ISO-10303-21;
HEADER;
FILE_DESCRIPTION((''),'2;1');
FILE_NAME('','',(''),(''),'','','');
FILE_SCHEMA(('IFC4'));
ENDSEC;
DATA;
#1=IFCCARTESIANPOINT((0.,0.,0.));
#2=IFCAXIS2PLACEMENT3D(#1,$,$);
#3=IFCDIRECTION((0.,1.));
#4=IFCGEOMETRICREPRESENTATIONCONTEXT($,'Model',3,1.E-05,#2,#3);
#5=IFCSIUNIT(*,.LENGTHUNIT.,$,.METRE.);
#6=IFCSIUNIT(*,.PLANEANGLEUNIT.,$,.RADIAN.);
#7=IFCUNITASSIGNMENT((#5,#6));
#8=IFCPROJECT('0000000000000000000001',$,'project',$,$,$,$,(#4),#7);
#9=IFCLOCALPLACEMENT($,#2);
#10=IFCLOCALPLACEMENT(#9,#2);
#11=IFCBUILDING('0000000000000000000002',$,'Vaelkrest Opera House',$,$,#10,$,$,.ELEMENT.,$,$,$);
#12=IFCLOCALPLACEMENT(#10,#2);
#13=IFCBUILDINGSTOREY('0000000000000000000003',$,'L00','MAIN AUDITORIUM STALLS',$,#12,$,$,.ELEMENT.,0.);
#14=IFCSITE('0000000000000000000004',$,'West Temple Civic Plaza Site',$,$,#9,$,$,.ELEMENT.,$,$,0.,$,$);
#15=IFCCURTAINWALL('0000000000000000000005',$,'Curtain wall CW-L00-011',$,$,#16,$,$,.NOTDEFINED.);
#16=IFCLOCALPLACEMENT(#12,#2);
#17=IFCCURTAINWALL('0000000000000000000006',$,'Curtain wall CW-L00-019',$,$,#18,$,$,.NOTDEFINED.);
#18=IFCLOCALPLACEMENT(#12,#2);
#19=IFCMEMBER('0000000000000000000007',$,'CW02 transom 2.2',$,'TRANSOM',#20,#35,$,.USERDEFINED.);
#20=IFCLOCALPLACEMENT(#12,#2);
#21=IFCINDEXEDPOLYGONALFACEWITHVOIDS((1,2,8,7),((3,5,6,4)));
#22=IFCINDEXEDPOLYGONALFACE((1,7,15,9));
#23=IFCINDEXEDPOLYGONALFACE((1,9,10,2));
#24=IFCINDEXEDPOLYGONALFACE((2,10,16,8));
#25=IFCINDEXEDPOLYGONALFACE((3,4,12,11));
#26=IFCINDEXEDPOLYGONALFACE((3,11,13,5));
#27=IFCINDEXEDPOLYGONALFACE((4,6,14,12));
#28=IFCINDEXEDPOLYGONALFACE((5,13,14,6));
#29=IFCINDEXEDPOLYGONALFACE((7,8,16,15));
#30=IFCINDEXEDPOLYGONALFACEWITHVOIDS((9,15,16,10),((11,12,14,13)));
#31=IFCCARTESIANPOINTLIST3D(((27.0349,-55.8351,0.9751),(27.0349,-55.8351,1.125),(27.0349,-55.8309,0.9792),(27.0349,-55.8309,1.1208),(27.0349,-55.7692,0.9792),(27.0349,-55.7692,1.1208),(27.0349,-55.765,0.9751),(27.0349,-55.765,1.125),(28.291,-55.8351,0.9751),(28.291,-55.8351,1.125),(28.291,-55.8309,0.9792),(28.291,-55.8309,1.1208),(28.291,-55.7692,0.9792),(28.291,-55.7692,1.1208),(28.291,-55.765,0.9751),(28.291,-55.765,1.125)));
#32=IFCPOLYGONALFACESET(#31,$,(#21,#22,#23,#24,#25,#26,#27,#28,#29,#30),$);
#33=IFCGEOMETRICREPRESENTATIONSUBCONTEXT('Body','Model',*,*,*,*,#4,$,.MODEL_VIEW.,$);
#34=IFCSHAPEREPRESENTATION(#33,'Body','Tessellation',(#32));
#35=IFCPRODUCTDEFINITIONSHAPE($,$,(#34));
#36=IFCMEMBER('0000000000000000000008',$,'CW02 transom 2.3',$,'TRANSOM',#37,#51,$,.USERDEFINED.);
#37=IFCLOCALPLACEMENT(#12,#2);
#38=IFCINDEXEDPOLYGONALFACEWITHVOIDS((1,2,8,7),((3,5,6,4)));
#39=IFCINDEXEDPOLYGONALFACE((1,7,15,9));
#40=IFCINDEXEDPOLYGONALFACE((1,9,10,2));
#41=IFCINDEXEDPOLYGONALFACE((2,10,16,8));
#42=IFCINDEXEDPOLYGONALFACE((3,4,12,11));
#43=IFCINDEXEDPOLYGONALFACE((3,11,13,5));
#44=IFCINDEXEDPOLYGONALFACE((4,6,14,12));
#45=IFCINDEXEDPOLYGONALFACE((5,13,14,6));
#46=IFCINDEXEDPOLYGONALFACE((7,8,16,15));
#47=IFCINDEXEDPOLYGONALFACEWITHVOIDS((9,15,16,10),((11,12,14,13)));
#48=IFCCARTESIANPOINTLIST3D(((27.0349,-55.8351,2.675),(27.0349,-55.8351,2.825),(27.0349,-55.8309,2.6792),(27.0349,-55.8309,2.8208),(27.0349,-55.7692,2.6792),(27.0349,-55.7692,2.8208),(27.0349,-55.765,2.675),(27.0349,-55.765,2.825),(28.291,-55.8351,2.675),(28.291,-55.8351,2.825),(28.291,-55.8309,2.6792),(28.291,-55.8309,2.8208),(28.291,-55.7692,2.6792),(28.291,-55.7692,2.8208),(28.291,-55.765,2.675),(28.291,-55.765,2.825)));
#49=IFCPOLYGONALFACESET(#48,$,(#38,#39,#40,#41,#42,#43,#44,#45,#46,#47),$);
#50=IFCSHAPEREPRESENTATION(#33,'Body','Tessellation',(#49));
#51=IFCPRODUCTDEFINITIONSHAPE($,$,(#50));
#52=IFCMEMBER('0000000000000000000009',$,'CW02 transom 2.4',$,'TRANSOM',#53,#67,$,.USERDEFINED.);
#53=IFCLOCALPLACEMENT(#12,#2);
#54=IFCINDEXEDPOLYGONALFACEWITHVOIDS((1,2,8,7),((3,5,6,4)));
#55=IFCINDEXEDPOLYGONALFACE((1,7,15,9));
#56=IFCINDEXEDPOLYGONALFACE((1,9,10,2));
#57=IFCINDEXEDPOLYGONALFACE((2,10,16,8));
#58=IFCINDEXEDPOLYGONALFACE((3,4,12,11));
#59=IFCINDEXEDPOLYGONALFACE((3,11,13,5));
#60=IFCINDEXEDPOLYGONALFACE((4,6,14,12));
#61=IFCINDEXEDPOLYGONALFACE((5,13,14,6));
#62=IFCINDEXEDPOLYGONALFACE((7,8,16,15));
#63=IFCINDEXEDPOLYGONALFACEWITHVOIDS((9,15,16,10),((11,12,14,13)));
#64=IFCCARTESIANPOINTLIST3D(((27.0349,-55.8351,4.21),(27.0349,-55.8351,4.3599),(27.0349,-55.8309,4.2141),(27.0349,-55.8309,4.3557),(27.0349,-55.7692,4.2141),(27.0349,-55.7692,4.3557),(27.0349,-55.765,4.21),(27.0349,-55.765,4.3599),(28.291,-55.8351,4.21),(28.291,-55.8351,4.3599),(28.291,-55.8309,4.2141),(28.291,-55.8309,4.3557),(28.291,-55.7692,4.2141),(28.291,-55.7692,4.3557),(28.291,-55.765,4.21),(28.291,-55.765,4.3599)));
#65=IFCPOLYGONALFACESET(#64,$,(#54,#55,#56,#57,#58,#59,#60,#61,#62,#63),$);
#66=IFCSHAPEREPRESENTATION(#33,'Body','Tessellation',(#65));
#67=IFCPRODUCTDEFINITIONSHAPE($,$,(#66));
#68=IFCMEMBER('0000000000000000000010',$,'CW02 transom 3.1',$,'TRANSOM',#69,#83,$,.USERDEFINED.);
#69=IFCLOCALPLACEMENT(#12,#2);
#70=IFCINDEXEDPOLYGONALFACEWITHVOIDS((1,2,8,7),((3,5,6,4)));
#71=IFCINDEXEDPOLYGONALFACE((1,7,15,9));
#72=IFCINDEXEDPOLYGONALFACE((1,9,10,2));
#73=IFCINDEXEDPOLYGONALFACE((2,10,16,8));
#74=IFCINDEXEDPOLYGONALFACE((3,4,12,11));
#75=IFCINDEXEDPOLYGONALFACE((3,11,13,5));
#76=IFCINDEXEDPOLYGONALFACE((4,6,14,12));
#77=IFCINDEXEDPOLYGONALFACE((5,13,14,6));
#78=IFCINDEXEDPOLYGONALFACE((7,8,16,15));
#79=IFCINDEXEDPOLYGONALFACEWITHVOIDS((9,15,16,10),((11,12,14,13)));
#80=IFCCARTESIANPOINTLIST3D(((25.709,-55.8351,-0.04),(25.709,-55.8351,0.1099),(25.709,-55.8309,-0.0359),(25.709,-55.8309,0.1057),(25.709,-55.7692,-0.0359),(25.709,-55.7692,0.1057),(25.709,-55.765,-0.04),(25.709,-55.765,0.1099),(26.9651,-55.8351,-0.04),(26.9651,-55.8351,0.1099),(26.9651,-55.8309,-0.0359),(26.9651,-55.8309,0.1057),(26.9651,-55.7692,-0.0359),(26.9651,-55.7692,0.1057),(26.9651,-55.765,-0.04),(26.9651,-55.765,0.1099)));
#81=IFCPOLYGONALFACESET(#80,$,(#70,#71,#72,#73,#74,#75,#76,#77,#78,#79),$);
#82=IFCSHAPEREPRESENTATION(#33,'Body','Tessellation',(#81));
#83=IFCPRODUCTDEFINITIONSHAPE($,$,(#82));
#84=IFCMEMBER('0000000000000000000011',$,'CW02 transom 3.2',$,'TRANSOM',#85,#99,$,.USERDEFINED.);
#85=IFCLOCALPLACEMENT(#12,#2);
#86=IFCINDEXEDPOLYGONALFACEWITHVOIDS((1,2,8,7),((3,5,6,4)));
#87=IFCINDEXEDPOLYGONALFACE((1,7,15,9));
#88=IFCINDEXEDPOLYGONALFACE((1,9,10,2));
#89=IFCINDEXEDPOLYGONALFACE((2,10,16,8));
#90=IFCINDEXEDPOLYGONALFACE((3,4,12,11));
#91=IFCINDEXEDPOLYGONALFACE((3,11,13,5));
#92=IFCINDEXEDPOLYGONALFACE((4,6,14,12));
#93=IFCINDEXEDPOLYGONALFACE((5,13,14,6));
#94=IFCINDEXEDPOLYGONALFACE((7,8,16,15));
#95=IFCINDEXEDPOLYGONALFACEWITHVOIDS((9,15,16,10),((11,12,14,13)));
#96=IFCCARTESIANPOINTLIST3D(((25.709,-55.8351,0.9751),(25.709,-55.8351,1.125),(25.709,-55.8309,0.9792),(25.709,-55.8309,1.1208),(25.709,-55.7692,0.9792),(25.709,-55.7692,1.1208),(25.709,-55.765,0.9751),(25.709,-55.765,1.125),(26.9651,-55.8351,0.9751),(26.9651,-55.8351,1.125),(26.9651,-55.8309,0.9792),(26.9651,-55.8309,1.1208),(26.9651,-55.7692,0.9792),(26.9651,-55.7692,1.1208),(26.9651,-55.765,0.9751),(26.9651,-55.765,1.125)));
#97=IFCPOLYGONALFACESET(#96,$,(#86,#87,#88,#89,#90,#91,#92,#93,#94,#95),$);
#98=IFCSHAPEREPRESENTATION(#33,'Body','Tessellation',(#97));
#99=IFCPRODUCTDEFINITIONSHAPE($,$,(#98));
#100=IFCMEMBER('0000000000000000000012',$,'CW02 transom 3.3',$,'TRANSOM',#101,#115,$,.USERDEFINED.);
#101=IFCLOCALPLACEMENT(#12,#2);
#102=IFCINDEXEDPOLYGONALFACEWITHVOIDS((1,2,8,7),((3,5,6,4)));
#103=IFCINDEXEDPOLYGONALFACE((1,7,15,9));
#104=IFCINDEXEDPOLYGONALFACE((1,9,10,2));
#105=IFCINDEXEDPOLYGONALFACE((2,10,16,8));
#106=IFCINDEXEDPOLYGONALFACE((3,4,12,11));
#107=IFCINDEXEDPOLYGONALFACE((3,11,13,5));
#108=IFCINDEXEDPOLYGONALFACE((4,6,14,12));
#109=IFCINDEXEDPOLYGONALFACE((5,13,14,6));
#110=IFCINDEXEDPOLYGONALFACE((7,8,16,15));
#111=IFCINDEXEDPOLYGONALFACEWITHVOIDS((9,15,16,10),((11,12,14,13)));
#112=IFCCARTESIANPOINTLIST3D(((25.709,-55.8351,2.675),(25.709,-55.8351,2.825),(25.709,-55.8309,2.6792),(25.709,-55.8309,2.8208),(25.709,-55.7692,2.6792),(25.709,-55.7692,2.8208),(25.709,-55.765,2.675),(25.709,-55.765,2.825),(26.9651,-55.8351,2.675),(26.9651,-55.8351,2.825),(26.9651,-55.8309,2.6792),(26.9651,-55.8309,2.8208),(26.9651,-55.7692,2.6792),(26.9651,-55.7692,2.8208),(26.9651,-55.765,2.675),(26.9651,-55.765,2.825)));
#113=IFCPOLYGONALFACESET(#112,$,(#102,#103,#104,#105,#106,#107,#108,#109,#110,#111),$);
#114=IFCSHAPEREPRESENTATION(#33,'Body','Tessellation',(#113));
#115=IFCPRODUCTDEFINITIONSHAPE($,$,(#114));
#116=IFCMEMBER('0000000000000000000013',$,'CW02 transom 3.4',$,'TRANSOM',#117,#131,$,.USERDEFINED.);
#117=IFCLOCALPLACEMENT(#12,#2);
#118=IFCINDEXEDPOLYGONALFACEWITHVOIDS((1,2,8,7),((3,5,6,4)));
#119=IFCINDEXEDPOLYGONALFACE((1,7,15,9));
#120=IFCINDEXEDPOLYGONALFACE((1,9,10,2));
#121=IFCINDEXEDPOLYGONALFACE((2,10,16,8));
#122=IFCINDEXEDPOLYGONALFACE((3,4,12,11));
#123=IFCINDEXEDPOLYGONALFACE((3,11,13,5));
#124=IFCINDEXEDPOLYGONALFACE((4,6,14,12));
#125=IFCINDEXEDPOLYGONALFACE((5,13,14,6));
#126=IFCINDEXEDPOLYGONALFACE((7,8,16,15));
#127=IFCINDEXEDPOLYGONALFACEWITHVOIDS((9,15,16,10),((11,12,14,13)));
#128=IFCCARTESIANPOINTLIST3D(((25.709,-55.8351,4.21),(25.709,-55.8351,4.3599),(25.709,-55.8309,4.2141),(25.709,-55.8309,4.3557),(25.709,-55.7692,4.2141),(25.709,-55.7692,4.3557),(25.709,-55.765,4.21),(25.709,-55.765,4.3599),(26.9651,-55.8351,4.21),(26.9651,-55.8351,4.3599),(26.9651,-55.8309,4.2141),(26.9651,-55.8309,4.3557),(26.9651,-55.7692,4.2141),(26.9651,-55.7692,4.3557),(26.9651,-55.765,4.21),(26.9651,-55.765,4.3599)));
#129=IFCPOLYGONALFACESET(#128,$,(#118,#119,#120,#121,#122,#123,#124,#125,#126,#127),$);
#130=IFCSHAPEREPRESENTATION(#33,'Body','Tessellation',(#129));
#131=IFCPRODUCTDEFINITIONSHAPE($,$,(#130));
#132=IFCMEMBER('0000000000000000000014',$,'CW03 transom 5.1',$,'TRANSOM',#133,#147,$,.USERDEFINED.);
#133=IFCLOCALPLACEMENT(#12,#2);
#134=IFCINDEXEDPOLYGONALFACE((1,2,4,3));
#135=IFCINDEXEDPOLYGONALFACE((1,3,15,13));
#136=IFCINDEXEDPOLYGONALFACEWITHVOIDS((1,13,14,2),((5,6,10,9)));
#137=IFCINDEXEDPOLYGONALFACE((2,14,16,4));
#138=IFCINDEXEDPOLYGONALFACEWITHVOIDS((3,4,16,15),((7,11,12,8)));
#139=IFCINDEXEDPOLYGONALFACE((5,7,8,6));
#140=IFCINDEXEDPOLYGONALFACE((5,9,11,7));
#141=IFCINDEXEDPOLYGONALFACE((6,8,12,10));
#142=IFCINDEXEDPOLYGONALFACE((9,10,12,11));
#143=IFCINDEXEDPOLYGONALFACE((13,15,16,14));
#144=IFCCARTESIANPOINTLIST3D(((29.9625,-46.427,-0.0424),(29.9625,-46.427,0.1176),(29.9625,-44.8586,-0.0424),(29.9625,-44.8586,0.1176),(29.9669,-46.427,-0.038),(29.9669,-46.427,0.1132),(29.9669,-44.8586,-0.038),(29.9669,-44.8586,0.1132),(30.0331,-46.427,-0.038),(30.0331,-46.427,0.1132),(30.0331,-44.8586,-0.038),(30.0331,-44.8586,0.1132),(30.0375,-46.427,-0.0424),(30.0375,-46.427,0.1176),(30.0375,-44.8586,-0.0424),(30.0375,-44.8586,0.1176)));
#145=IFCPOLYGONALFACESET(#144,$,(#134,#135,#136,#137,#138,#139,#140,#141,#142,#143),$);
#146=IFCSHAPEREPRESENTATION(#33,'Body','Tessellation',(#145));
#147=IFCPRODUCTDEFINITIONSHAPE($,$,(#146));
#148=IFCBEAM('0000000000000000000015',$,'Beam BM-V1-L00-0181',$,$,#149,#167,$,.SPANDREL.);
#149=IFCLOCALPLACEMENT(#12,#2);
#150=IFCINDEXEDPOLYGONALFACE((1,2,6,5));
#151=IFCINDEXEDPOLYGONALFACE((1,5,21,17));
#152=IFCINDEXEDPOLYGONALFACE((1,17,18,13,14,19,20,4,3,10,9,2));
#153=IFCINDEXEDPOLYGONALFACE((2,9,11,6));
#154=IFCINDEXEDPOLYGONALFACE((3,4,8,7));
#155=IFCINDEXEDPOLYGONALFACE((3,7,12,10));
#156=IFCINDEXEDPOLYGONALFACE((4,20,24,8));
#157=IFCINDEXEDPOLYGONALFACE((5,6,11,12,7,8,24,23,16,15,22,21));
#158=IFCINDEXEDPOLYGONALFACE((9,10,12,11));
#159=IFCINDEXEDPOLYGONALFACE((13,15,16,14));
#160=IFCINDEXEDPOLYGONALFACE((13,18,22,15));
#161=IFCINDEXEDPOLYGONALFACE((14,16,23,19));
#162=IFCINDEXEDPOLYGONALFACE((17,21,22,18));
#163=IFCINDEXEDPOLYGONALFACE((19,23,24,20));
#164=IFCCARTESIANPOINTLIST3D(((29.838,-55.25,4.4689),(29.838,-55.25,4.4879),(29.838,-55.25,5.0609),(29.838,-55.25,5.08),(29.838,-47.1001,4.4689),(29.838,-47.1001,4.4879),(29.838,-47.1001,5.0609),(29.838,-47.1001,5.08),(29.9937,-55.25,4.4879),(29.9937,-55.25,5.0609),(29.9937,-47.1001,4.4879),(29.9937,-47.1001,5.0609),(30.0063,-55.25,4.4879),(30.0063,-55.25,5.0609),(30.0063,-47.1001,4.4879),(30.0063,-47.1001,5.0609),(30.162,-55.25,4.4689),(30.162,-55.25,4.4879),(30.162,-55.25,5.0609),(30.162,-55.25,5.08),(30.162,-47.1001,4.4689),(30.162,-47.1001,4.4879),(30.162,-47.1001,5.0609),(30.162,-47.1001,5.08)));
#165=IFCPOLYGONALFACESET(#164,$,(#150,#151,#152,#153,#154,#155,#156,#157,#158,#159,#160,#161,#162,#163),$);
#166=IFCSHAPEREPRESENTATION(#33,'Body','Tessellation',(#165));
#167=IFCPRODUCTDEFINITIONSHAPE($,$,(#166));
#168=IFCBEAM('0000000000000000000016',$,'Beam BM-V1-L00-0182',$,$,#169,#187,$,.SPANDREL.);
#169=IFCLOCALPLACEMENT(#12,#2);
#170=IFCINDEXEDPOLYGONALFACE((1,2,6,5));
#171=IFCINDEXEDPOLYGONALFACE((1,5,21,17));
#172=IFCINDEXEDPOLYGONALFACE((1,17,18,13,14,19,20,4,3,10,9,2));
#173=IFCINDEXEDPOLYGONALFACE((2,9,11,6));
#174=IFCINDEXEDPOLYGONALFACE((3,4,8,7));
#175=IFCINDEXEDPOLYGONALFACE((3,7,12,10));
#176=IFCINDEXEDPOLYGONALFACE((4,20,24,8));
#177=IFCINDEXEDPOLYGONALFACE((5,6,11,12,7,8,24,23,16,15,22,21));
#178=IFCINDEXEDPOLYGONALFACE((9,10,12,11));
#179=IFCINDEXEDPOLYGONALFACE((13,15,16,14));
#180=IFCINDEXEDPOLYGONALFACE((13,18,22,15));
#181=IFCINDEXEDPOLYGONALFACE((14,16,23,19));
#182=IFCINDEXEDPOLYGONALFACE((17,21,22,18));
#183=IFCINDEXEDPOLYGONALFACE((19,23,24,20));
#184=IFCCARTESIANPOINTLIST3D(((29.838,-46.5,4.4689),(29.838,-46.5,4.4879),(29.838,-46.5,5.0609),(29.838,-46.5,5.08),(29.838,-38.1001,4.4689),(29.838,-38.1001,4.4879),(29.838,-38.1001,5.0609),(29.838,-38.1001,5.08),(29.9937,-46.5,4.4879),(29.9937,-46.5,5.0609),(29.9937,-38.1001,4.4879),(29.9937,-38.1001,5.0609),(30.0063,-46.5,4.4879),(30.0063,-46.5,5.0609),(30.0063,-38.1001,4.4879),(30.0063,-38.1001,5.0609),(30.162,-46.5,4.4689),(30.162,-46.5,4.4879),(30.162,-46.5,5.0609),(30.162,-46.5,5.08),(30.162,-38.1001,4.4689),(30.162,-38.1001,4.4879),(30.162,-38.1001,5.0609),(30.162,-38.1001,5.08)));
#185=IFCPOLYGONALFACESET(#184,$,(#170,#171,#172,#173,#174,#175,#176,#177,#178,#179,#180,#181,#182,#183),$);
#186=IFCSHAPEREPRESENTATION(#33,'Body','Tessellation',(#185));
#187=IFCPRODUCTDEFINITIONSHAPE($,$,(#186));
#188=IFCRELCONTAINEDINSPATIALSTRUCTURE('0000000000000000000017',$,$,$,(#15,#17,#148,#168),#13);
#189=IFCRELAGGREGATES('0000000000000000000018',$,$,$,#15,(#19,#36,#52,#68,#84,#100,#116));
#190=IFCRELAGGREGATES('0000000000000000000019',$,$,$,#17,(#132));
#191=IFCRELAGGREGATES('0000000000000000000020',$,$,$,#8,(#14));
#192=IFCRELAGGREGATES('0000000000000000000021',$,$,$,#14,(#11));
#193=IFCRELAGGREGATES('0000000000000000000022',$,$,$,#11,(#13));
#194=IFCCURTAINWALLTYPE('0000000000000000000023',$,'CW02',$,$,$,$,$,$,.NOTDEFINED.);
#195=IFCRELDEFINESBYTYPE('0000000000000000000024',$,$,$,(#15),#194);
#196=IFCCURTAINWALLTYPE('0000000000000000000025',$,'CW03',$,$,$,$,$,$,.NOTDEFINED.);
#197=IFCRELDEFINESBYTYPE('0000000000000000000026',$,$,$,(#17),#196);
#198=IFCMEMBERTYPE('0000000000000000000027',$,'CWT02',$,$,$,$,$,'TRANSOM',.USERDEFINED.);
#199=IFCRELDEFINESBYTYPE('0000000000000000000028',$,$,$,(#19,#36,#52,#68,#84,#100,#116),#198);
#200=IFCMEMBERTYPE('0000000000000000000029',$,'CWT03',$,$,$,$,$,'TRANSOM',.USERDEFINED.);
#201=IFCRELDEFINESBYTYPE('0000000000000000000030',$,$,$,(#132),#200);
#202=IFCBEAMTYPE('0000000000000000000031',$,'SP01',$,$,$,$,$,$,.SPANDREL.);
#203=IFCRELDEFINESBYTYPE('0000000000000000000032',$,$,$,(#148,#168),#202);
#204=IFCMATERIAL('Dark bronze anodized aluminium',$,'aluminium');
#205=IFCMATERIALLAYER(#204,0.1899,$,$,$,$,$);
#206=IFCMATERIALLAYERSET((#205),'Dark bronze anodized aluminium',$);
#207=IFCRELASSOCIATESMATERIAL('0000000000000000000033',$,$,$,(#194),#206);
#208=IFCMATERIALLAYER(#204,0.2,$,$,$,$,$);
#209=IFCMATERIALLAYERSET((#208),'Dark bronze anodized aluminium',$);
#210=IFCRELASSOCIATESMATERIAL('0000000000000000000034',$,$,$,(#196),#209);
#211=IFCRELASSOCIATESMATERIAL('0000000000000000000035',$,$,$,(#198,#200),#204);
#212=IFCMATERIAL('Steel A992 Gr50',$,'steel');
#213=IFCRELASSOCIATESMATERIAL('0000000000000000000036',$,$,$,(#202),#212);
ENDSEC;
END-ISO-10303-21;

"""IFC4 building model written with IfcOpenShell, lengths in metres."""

from ifc_helpers import new_model, si_unit, direction, frame, origin, origin_2d, place, context, subcontext, project, spatial, hollow_rectangle, i_section, extrude, material, layer, layer_set, material_profile, profile_set, type_object, element, aggregate, save


model = new_model("IFC4")

# Units and contexts
model_context = context("Model", 3, precision=1e-05, world=origin(), true_north=direction((0.0, 1.0)))
body_context = subcontext(model_context, "Body", "Model", "MODEL_VIEW")
ifc_project = project(units=[si_unit("LENGTHUNIT", "METRE"), si_unit("PLANEANGLEUNIT", "RADIAN")], contexts=[model_context])

# Site, building, storey
site_placement = place(None, origin())
site = spatial("IfcSite", under=ifc_project, at=site_placement, Name="West Temple Civic Plaza Site", CompositionType="ELEMENT", RefElevation=0.0)
building_placement = place(site_placement, origin())
building = spatial("IfcBuilding", under=site, at=building_placement, Name="Vaelkrest Opera House", CompositionType="ELEMENT")
storey_placement = place(building_placement, origin())
storey = spatial("IfcBuildingStorey", under=building, at=storey_placement, Name="L00", Description="MAIN AUDITORIUM STALLS", CompositionType="ELEMENT", Elevation=0.0)

# Curtain wall
ifc_material_1 = material(Name="Dark bronze anodized aluminium", Category="aluminium")
ifc_layer_1 = layer(ifc_material_1, 0.1899)
ifc_layer_set_1 = layer_set([ifc_layer_1], Name="Dark bronze anodized aluminium")
curtain_wall_type_1 = type_object("IfcCurtainWallType", Name="CW02", PredefinedType="NOTDEFINED", material=ifc_layer_set_1)
curtain_wall_1_placement = place(storey_placement, origin())
curtain_wall_1 = element("IfcCurtainWall", 1, at=curtain_wall_1_placement, inside=storey, type_object=curtain_wall_type_1, Name="Curtain wall CW-L00-011", PredefinedType="NOTDEFINED")

# Curtain wall
ifc_layer_2 = layer(ifc_material_1, 0.2)
ifc_layer_set_2 = layer_set([ifc_layer_2], Name="Dark bronze anodized aluminium")
curtain_wall_type_2 = type_object("IfcCurtainWallType", Name="CW03", PredefinedType="NOTDEFINED", material=ifc_layer_set_2)
curtain_wall_2_placement = place(storey_placement, origin())
curtain_wall_2 = element("IfcCurtainWall", 2, at=curtain_wall_2_placement, inside=storey, type_object=curtain_wall_type_2, Name="Curtain wall CW-L00-019", PredefinedType="NOTDEFINED")

# Members
ifc_material_profile_1 = material_profile(ifc_material_1, hollow_rectangle(XDim=0.0701, YDim=0.1499, WallThickness=0.0042, at=origin_2d()), Name="CWT70X150")
ifc_profile_set_1 = profile_set([ifc_material_profile_1], Name="Dark bronze anodized aluminium")
member_type_1 = type_object("IfcMemberType", Name="CWT02", ElementType="TRANSOM", PredefinedType="USERDEFINED", material=ifc_profile_set_1)
member_1_placement = place(storey_placement, frame((28.291, -55.8, 1.05), z_axis=(-1.0, 0.0, 0.0), x_axis=(0.0, -1.0, 0.0)))
member_1 = element("IfcMember", 3, at=member_1_placement, type_object=member_type_1, Name="CW02 transom 2.2", ObjectType="TRANSOM", PredefinedType="USERDEFINED", context=body_context, shape_type="SweptSolid", body=[
    extrude(hollow_rectangle(XDim=0.0701, YDim=0.1499, WallThickness=0.0042, at=origin_2d()), origin(), (0.0, 0.0, 1.0), 1.2561),
])
member_2_placement = place(storey_placement, frame((28.291, -55.8, 2.75), z_axis=(-1.0, 0.0, 0.0), x_axis=(0.0, -1.0, 0.0)))
member_2 = element("IfcMember", 4, at=member_2_placement, type_object=member_type_1, Name="CW02 transom 2.3", ObjectType="TRANSOM", PredefinedType="USERDEFINED", context=body_context, shape_type="SweptSolid", body=[
    extrude(hollow_rectangle(XDim=0.0701, YDim=0.1499, WallThickness=0.0042, at=origin_2d()), origin(), (0.0, 0.0, 1.0), 1.2561),
])
member_3_placement = place(storey_placement, frame((28.291, -55.8, 4.2849), z_axis=(-1.0, 0.0, 0.0), x_axis=(0.0, -1.0, 0.0)))
member_3 = element("IfcMember", 5, at=member_3_placement, type_object=member_type_1, Name="CW02 transom 2.4", ObjectType="TRANSOM", PredefinedType="USERDEFINED", context=body_context, shape_type="SweptSolid", body=[
    extrude(hollow_rectangle(XDim=0.0701, YDim=0.1499, WallThickness=0.0042, at=origin_2d()), origin(), (0.0, 0.0, 1.0), 1.2561),
])
member_4_placement = place(storey_placement, frame((26.9651, -55.8, 0.0349), z_axis=(-1.0, 0.0, 0.0), x_axis=(0.0, -1.0, 0.0)))
member_4 = element("IfcMember", 6, at=member_4_placement, type_object=member_type_1, Name="CW02 transom 3.1", ObjectType="TRANSOM", PredefinedType="USERDEFINED", context=body_context, shape_type="SweptSolid", body=[
    extrude(hollow_rectangle(XDim=0.0701, YDim=0.1499, WallThickness=0.0042, at=origin_2d()), origin(), (0.0, 0.0, 1.0), 1.2561),
])
member_5_placement = place(storey_placement, frame((26.9651, -55.8, 1.05), z_axis=(-1.0, 0.0, 0.0), x_axis=(0.0, -1.0, 0.0)))
member_5 = element("IfcMember", 7, at=member_5_placement, type_object=member_type_1, Name="CW02 transom 3.2", ObjectType="TRANSOM", PredefinedType="USERDEFINED", context=body_context, shape_type="SweptSolid", body=[
    extrude(hollow_rectangle(XDim=0.0701, YDim=0.1499, WallThickness=0.0042, at=origin_2d()), origin(), (0.0, 0.0, 1.0), 1.2561),
])
member_6_placement = place(storey_placement, frame((26.9651, -55.8, 2.75), z_axis=(-1.0, 0.0, 0.0), x_axis=(0.0, -1.0, 0.0)))
member_6 = element("IfcMember", 8, at=member_6_placement, type_object=member_type_1, Name="CW02 transom 3.3", ObjectType="TRANSOM", PredefinedType="USERDEFINED", context=body_context, shape_type="SweptSolid", body=[
    extrude(hollow_rectangle(XDim=0.0701, YDim=0.1499, WallThickness=0.0042, at=origin_2d()), origin(), (0.0, 0.0, 1.0), 1.2561),
])
member_7_placement = place(storey_placement, frame((26.9651, -55.8, 4.2849), z_axis=(-1.0, 0.0, 0.0), x_axis=(0.0, -1.0, 0.0)))
member_7 = element("IfcMember", 9, at=member_7_placement, type_object=member_type_1, Name="CW02 transom 3.4", ObjectType="TRANSOM", PredefinedType="USERDEFINED", context=body_context, shape_type="SweptSolid", body=[
    extrude(hollow_rectangle(XDim=0.0701, YDim=0.1499, WallThickness=0.0042, at=origin_2d()), origin(), (0.0, 0.0, 1.0), 1.2561),
])
ifc_material_profile_2 = material_profile(ifc_material_1, hollow_rectangle(XDim=0.075, YDim=0.1599, WallThickness=0.0044, at=origin_2d()), Name="CWT75X160")
ifc_profile_set_2 = profile_set([ifc_material_profile_2], Name="Dark bronze anodized aluminium")
member_type_2 = type_object("IfcMemberType", Name="CWT03", ElementType="TRANSOM", PredefinedType="USERDEFINED", material=ifc_profile_set_2)
member_8_placement = place(storey_placement, frame((30.0, -44.8586, 0.0376), z_axis=(0.0, -1.0, 0.0), x_axis=(1.0, 0.0, 0.0)))
member_8 = element("IfcMember", 10, at=member_8_placement, type_object=member_type_2, Name="CW03 transom 5.1", ObjectType="TRANSOM", PredefinedType="USERDEFINED", context=body_context, shape_type="SweptSolid", body=[
    extrude(hollow_rectangle(XDim=0.075, YDim=0.1599, WallThickness=0.0044, at=origin_2d()), origin(), (0.0, 0.0, 1.0), 1.5684),
])

# Beams
ifc_material_2 = material(Name="Steel A992 Gr50", Category="steel")
ifc_material_profile_3 = material_profile(ifc_material_2, i_section(OverallWidth=0.324, OverallDepth=0.6111, WebThickness=0.0127, FlangeThickness=0.019, at=origin_2d()), Name="W24X104")
ifc_profile_set_3 = profile_set([ifc_material_profile_3], Name="Steel A992 Gr50")
beam_type = type_object("IfcBeamType", Name="SP01", PredefinedType="SPANDREL", material=ifc_profile_set_3)
beam_1_placement = place(storey_placement, frame((30.0, -55.25, 4.7744), z_axis=(0.0, 1.0, 0.0), x_axis=(-1.0, 0.0, 0.0)))
element("IfcBeam", 11, at=beam_1_placement, inside=storey, type_object=beam_type, Name="Beam BM-V1-L00-0181", PredefinedType="SPANDREL", context=body_context, shape_type="SweptSolid", body=[
    extrude(i_section(OverallWidth=0.324, OverallDepth=0.6111, WebThickness=0.0127, FlangeThickness=0.019, at=origin_2d()), origin(), (0.0, 0.0, 1.0), 8.1499),
])
beam_2_placement = place(storey_placement, frame((30.0, -46.5, 4.7744), z_axis=(0.0, 1.0, 0.0), x_axis=(-1.0, 0.0, 0.0)))
element("IfcBeam", 12, at=beam_2_placement, inside=storey, type_object=beam_type, Name="Beam BM-V1-L00-0182", PredefinedType="SPANDREL", context=body_context, shape_type="SweptSolid", body=[
    extrude(i_section(OverallWidth=0.324, OverallDepth=0.6111, WebThickness=0.0127, FlangeThickness=0.019, at=origin_2d()), origin(), (0.0, 0.0, 1.0), 8.3999),
])

aggregate(curtain_wall_1, [member_1, member_2, member_3, member_4, member_5, member_6, member_7])
aggregate(curtain_wall_2, [member_8])

save(model, "model.ifc")
